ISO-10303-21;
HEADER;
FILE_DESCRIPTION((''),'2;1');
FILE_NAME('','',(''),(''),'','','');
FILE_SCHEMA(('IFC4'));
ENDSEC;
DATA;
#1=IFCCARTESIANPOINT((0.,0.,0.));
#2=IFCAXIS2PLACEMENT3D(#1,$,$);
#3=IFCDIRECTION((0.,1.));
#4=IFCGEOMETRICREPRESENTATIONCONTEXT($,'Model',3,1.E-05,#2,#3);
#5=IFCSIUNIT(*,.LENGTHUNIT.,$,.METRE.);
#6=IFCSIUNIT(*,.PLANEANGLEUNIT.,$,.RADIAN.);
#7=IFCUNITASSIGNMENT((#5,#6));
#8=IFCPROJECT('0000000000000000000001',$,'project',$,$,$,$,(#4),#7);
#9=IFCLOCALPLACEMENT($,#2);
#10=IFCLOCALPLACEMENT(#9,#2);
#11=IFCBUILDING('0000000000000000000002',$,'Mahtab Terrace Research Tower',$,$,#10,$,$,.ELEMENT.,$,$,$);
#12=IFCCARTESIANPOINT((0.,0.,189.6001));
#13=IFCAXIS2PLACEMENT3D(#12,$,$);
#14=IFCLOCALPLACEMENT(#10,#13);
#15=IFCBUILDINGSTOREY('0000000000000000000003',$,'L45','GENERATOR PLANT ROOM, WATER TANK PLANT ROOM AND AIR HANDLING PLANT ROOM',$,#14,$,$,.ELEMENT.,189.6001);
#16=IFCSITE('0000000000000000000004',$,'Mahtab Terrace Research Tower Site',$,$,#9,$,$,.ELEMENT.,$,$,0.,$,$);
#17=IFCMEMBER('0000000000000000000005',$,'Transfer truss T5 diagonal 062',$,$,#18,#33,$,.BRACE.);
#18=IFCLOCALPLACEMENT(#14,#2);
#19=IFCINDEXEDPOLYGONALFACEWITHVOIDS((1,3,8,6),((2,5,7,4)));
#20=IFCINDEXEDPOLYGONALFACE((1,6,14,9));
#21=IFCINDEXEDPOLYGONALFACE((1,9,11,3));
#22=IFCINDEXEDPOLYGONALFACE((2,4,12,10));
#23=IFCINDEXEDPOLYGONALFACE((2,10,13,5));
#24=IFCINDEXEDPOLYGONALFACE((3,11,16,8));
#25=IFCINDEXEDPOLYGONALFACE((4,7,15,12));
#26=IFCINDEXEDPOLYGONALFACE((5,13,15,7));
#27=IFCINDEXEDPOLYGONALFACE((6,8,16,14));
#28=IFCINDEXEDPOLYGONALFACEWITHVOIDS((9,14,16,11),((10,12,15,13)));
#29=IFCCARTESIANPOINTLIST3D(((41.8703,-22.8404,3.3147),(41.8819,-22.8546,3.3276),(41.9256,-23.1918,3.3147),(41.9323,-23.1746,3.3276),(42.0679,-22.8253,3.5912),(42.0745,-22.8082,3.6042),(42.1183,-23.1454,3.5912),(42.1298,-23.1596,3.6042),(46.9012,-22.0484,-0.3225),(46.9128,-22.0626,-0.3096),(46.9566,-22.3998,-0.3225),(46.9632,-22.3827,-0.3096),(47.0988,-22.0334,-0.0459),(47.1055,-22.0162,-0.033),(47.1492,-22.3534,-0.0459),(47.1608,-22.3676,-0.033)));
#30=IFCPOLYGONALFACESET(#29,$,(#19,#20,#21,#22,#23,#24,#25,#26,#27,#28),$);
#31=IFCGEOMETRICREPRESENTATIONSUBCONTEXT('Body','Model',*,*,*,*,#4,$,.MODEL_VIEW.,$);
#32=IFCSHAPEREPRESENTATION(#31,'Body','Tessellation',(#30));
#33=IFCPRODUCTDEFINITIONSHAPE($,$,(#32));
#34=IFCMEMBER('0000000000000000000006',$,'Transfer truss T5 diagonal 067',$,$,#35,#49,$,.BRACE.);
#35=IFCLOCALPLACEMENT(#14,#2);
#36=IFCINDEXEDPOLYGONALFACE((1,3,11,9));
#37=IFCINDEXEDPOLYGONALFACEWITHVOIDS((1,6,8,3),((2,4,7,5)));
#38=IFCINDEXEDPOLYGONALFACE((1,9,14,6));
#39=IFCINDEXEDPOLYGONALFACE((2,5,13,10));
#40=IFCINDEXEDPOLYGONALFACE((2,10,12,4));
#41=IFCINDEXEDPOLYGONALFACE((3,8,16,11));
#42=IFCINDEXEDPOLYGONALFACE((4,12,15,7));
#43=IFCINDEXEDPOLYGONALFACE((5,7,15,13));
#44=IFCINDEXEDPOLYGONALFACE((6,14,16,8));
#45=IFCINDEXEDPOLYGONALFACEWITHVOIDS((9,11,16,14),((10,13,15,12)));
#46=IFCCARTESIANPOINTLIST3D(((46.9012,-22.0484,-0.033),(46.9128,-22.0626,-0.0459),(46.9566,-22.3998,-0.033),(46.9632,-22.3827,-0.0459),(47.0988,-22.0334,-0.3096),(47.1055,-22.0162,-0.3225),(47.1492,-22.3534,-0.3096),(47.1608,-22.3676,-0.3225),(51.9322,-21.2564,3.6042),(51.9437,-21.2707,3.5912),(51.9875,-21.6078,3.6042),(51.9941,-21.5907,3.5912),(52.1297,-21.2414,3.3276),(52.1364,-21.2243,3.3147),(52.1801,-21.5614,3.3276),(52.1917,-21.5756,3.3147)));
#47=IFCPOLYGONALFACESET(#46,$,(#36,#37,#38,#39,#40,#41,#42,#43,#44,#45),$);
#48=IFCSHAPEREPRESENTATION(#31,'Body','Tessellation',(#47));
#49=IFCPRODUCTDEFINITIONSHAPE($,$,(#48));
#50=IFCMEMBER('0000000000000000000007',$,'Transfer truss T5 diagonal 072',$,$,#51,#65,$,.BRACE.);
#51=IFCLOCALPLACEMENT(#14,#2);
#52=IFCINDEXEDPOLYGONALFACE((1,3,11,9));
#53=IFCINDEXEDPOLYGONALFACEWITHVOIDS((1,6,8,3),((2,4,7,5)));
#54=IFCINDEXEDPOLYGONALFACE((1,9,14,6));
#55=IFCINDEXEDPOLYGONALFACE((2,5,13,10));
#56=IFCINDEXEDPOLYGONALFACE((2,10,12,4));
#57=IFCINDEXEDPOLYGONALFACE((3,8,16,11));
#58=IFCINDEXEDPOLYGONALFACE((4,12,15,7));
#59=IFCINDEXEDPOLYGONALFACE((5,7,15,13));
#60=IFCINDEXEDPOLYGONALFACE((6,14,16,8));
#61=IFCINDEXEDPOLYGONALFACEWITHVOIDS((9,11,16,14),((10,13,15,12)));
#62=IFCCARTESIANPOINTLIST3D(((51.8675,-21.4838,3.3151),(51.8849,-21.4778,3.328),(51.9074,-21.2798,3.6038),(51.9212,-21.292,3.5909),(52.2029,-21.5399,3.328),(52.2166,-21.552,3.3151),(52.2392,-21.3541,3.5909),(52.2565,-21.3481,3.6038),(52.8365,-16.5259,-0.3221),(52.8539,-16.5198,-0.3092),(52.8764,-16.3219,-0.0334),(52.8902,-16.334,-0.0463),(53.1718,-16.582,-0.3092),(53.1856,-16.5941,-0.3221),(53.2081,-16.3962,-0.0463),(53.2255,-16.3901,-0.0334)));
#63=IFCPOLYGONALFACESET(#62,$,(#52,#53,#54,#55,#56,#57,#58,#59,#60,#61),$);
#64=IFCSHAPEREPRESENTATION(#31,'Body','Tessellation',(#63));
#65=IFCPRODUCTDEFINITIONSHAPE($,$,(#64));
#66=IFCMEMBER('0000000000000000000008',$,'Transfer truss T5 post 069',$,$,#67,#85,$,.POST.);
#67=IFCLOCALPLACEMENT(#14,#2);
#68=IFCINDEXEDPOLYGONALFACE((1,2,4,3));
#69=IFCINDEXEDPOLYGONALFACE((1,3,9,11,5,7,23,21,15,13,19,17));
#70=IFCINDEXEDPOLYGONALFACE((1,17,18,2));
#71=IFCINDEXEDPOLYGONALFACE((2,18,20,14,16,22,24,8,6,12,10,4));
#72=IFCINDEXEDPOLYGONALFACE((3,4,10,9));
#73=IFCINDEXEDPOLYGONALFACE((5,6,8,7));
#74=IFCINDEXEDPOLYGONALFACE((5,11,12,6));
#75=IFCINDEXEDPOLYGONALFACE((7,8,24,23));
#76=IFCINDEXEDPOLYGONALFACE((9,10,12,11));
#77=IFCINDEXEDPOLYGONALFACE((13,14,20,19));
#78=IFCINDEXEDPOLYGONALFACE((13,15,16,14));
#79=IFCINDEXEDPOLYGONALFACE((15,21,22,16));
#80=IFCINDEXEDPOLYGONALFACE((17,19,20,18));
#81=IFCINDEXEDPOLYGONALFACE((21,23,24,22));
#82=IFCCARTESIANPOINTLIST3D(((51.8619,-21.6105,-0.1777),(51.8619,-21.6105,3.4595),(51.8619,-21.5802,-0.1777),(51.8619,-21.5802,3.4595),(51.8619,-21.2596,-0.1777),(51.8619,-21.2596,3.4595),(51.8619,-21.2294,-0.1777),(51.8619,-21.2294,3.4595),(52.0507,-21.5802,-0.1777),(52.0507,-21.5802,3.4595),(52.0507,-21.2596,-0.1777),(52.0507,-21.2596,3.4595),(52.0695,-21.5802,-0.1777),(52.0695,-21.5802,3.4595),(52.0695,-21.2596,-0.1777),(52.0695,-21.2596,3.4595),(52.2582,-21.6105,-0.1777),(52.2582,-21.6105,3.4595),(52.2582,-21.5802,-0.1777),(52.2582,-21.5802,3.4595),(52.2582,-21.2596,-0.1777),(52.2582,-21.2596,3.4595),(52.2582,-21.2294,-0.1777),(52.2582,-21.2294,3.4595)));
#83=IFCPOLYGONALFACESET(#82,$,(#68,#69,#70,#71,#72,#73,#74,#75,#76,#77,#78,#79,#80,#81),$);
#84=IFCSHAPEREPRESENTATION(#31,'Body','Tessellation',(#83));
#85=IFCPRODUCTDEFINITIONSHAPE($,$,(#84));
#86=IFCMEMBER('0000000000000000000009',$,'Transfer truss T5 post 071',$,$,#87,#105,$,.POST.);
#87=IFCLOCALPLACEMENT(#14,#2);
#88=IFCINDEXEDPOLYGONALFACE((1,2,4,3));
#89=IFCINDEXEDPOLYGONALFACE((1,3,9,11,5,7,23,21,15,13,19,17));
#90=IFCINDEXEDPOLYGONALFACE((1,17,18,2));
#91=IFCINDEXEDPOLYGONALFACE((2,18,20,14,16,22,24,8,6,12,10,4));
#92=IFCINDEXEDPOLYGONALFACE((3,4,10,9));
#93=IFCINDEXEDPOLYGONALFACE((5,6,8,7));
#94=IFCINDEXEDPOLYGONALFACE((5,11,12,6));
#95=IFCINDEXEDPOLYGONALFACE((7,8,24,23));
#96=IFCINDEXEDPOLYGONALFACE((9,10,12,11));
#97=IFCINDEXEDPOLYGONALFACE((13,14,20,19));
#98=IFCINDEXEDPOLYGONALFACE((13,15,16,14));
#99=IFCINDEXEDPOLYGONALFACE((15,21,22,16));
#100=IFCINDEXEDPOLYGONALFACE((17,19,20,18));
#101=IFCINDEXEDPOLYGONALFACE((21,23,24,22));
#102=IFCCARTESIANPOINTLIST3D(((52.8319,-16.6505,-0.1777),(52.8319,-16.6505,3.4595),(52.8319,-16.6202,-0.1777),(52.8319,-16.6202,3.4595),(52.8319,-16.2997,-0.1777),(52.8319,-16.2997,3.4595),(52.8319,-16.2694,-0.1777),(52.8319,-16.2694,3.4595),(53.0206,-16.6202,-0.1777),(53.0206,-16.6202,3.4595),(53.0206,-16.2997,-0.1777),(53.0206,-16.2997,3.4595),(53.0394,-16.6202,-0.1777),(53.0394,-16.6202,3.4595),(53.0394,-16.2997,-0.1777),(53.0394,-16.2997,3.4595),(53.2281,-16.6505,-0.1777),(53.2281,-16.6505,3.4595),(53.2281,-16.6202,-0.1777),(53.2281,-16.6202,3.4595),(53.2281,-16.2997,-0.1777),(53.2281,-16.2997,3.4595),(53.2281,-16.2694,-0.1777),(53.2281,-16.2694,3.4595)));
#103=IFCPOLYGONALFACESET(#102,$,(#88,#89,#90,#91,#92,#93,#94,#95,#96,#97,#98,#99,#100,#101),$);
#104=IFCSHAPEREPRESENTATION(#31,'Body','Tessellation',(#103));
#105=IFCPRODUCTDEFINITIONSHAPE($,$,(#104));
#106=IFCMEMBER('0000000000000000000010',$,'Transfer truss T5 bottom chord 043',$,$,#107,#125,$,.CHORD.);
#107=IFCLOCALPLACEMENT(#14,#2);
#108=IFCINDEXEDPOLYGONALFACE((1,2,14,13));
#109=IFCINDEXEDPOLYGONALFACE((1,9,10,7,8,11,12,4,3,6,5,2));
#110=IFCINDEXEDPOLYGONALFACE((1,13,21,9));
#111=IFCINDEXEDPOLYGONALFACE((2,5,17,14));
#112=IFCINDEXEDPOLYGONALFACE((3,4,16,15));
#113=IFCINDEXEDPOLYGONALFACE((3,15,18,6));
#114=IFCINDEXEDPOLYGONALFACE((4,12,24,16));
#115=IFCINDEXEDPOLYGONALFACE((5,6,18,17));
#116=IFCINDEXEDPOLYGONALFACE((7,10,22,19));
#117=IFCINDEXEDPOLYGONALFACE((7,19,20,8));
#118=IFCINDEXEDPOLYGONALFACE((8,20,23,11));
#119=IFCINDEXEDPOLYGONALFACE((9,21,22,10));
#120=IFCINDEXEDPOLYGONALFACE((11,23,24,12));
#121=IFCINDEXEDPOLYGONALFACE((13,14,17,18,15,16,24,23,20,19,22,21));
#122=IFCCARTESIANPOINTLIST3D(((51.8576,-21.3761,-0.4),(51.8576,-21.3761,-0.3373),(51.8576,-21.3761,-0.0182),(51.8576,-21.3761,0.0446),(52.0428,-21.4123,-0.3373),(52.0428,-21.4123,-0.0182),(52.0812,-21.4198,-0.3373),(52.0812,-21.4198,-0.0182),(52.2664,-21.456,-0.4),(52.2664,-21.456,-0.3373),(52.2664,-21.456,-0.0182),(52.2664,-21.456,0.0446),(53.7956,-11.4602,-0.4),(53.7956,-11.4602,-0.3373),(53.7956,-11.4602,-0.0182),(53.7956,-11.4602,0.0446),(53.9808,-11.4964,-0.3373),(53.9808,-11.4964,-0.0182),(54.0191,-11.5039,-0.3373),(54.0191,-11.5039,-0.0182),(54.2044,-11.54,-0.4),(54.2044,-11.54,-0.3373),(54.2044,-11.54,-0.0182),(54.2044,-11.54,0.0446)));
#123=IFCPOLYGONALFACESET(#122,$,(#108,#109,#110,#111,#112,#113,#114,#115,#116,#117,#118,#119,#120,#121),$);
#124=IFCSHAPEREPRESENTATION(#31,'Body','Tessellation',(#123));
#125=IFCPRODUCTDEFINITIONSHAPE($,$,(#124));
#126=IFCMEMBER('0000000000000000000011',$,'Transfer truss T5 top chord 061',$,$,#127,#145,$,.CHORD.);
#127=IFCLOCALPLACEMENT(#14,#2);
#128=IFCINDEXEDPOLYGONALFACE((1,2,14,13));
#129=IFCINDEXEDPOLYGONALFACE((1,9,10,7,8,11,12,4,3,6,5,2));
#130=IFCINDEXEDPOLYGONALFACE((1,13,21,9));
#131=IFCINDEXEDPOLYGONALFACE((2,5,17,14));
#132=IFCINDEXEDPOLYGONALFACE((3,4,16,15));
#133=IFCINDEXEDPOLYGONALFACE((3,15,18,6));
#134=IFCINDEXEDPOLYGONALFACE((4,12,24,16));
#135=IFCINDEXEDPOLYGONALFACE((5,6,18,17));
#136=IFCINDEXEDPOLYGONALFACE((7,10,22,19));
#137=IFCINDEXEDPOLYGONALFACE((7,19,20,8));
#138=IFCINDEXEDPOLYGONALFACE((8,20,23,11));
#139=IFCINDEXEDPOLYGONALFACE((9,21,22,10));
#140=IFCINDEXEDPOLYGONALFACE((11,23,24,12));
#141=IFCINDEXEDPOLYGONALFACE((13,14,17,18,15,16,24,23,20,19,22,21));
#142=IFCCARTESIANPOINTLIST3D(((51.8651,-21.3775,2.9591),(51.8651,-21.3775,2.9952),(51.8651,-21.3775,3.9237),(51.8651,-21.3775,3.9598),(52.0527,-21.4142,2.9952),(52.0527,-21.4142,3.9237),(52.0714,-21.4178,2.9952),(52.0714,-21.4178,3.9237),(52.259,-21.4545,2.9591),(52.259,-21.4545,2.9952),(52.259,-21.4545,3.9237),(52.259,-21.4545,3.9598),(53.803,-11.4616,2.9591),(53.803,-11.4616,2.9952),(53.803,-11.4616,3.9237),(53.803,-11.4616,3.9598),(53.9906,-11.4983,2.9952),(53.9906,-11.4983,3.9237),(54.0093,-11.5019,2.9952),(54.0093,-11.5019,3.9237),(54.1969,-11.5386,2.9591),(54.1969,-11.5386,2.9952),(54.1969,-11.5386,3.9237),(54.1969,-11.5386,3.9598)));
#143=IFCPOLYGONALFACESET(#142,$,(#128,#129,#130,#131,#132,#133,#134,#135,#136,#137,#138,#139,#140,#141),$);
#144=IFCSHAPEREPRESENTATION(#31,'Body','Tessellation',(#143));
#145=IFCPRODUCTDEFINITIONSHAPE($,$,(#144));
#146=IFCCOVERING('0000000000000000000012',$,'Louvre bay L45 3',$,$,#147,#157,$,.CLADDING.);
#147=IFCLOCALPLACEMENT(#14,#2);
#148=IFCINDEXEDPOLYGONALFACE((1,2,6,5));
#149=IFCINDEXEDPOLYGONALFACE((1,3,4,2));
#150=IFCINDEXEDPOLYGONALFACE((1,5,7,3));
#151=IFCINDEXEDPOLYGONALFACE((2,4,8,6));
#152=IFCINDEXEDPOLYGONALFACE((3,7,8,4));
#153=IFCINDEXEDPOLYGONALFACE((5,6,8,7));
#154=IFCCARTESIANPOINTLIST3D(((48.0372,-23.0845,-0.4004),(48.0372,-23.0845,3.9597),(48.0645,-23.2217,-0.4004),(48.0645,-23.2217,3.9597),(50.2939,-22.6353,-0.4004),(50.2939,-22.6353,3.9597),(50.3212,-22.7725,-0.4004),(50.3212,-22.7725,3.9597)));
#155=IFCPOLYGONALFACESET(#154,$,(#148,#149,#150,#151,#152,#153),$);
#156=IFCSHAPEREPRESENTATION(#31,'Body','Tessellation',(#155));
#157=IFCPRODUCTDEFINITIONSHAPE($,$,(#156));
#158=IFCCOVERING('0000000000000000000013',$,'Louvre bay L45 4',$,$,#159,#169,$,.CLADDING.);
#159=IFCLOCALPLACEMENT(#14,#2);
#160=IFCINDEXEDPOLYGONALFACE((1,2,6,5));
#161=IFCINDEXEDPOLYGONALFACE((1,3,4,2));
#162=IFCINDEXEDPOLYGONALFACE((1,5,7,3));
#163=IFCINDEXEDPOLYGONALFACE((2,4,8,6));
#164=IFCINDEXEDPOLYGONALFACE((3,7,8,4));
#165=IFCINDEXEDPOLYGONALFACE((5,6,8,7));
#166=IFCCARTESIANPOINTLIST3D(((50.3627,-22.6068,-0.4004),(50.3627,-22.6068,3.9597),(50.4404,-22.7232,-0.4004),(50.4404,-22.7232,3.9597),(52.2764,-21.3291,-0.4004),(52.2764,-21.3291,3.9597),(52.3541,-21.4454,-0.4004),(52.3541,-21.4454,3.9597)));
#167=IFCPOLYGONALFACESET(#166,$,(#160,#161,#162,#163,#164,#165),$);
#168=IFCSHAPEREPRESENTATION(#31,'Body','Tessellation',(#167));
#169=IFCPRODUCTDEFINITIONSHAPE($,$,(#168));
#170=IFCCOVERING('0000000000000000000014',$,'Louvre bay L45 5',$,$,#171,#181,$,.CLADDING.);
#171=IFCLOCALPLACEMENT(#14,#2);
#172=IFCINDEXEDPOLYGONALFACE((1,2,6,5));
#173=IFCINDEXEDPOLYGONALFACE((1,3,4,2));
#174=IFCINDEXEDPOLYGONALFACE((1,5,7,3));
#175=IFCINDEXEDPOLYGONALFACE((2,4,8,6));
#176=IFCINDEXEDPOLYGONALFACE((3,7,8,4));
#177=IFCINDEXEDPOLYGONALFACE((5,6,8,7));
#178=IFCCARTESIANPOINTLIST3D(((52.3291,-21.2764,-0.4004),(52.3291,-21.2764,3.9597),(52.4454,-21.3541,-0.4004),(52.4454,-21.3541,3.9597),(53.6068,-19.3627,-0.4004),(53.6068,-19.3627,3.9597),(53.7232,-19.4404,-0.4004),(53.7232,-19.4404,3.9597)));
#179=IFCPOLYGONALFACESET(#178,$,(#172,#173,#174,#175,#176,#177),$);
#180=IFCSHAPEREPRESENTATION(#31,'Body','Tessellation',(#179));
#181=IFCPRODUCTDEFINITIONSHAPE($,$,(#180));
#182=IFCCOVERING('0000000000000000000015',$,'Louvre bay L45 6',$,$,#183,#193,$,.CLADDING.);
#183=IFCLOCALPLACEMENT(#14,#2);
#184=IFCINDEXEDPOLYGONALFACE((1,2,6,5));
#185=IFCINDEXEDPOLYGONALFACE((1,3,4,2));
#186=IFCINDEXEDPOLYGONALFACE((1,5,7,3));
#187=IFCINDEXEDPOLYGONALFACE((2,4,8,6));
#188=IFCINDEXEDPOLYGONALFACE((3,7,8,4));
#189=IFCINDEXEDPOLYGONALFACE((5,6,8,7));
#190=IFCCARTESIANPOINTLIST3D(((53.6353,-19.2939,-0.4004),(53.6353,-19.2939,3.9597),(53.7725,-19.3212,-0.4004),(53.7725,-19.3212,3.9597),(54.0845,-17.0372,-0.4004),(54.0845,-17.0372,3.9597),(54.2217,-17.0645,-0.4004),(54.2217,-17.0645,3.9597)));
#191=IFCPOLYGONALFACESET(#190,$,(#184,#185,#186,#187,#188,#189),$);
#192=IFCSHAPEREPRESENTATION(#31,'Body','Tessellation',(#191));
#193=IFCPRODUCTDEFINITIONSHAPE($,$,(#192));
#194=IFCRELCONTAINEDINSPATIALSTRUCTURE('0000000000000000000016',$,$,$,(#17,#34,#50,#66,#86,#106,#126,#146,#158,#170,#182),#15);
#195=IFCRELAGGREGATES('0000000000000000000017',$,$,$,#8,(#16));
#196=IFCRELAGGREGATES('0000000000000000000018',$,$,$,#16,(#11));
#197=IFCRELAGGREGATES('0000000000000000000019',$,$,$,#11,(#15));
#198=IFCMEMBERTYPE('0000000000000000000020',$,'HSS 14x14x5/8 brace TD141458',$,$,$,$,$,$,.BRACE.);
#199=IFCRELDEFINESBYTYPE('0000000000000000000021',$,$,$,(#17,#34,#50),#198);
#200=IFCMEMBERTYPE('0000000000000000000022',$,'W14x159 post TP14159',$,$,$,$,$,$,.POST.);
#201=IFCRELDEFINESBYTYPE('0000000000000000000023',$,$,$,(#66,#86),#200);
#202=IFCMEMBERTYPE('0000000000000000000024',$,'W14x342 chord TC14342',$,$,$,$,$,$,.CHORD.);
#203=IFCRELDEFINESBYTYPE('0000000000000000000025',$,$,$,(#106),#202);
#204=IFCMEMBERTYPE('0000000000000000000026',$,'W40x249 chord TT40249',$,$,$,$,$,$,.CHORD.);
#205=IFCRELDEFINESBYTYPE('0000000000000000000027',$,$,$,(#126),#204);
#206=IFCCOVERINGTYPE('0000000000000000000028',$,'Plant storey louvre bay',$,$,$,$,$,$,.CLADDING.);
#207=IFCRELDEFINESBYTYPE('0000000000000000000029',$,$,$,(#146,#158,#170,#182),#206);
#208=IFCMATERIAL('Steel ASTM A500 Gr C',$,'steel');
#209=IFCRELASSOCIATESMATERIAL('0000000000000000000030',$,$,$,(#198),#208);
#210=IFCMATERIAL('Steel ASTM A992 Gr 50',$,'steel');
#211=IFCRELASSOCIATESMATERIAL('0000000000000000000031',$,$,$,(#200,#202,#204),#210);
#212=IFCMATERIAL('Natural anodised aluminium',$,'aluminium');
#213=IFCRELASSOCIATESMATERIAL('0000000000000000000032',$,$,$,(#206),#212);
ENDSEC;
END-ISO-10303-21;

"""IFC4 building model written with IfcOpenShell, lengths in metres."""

from ifc_helpers import new_model, si_unit, direction, frame, origin, origin_2d, place, context, subcontext, project, spatial, rectangle, hollow_rectangle, i_section, extrude, material, material_profile, profile_set, type_object, element, save


model = new_model("IFC4")

# Units and contexts
model_context = context("Model", 3, precision=1e-05, world=origin(), true_north=direction((0.0, 1.0)))
body_context = subcontext(model_context, "Body", "Model", "MODEL_VIEW")
ifc_project = project(units=[si_unit("LENGTHUNIT", "METRE"), si_unit("PLANEANGLEUNIT", "RADIAN")], contexts=[model_context])

# Site, building, storey
site_placement = place(None, origin())
site = spatial("IfcSite", under=ifc_project, at=site_placement, Name="Mahtab Terrace Research Tower Site", CompositionType="ELEMENT", RefElevation=0.0)
building_placement = place(site_placement, origin())
building = spatial("IfcBuilding", under=site, at=building_placement, Name="Mahtab Terrace Research Tower", CompositionType="ELEMENT")
storey_placement = place(building_placement, frame((0.0, 0.0, 189.6001)))
storey = spatial("IfcBuildingStorey", under=building, at=storey_placement, Name="L45", Description="GENERATOR PLANT ROOM, WATER TANK PLANT ROOM AND AIR HANDLING PLANT ROOM", CompositionType="ELEMENT", Elevation=189.6001)

# Members
ifc_material_1 = material(Name="Steel ASTM A500 Gr C", Category="steel")
ifc_material_profile_1 = material_profile(ifc_material_1, hollow_rectangle(XDim=0.3557, YDim=0.3557, WallThickness=0.0159, at=origin_2d()), Name="HSS14X14X5/8")
ifc_profile_set_1 = profile_set([ifc_material_profile_1], Name="Steel ASTM A500 Gr C")
member_type_1 = type_object("IfcMemberType", Name="HSS 14x14x5/8 brace TD141458", PredefinedType="BRACE", material=ifc_profile_set_1)
for number, where, z_axis, x_axis, name in (
    (1, (47.031, -22.208, -0.1777), (-0.803881, -0.126549, 0.581172), (0.155507, -0.987835, 0.0), "Transfer truss T5 diagonal 062"),
    (2, (47.031, -22.208, -0.1777), (0.803881, 0.126549, 0.581172), (-0.155507, 0.987835, 0.0), "Transfer truss T5 diagonal 067"),
):
    element("IfcMember", number, at=place(storey_placement, frame(where, z_axis=z_axis, x_axis=x_axis)), inside=storey, type_object=member_type_1, Name=name, PredefinedType="BRACE", context=body_context, shape_type="SweptSolid", body=[
        extrude(hollow_rectangle(XDim=0.3557, YDim=0.3557, WallThickness=0.0159, at=origin_2d()), origin(), (0.0, 0.0, 1.0), 6.2583),
    ])
member_1_placement = place(storey_placement, frame((53.031, -16.458, -0.1777), z_axis=(-0.155663, -0.796473, 0.584294), x_axis=(0.981432, -0.191811, 0.0)))
element("IfcMember", 3, at=member_1_placement, inside=storey, type_object=member_type_1, Name="Transfer truss T5 diagonal 072", PredefinedType="BRACE", context=body_context, shape_type="SweptSolid", body=[
    extrude(hollow_rectangle(XDim=0.3557, YDim=0.3557, WallThickness=0.0159, at=origin_2d()), origin(), (0.0, 0.0, 1.0), 6.2249),
])
ifc_material_2 = material(Name="Steel ASTM A992 Gr 50", Category="steel")
ifc_material_profile_2 = material_profile(ifc_material_2, i_section(OverallWidth=0.3962, OverallDepth=0.3811, WebThickness=0.0188, FlangeThickness=0.0303, at=origin_2d()), Name="W14X159")
ifc_profile_set_2 = profile_set([ifc_material_profile_2], Name="Steel ASTM A992 Gr 50")
member_type_2 = type_object("IfcMemberType", Name="W14x159 post TP14159", PredefinedType="POST", material=ifc_profile_set_2)
for number, where, z_axis, x_axis, name in (
    (4, (52.0601, -21.4199, -0.1777), (0.0, 0.0, 1.0), (1.0, 0.0, 0.0), "Transfer truss T5 post 069"),
    (5, (53.03, -16.46, -0.1777), (0.0, 0.0, 1.0), (1.0, 0.0, 0.0), "Transfer truss T5 post 071"),
):
    element("IfcMember", number, at=place(storey_placement, frame(where, z_axis=z_axis, x_axis=x_axis)), inside=storey, type_object=member_type_2, Name=name, PredefinedType="POST", context=body_context, shape_type="SweptSolid", body=[
        extrude(i_section(OverallWidth=0.3962, OverallDepth=0.3811, WebThickness=0.0188, FlangeThickness=0.0303, at=origin_2d()), origin(), (0.0, 0.0, 1.0), 3.6372),
    ])
ifc_material_profile_3 = material_profile(ifc_material_2, i_section(OverallWidth=0.4165, OverallDepth=0.4446, WebThickness=0.0391, FlangeThickness=0.0627, at=origin_2d()), Name="W14X342")
ifc_profile_set_3 = profile_set([ifc_material_profile_3], Name="Steel ASTM A992 Gr 50")
member_type_3 = type_object("IfcMemberType", Name="W14x342 chord TC14342", PredefinedType="CHORD", material=ifc_profile_set_3)
member_2_placement = place(storey_placement, frame((52.062, -21.416, -0.1777), z_axis=(0.191811, 0.981432, 0.0), x_axis=(-0.981432, 0.191811, 0.0)))
element("IfcMember", 6, at=member_2_placement, inside=storey, type_object=member_type_3, Name="Transfer truss T5 bottom chord 043", PredefinedType="CHORD", context=body_context, shape_type="SweptSolid", body=[
    extrude(i_section(OverallWidth=0.4165, OverallDepth=0.4446, WebThickness=0.0391, FlangeThickness=0.0627, at=origin_2d()), origin(), (0.0, 0.0, 1.0), 10.1035),
])
ifc_material_profile_4 = material_profile(ifc_material_2, i_section(OverallWidth=0.4014, OverallDepth=1.0007, WebThickness=0.019, FlangeThickness=0.0361, at=origin_2d()), Name="W40X249")
ifc_profile_set_4 = profile_set([ifc_material_profile_4], Name="Steel ASTM A992 Gr 50")
member_type_4 = type_object("IfcMemberType", Name="W40x249 chord TT40249", PredefinedType="CHORD", material=ifc_profile_set_4)
member_3_placement = place(storey_placement, frame((52.062, -21.416, 3.4595), z_axis=(0.191811, 0.981432, 0.0), x_axis=(-0.981432, 0.191811, 0.0)))
element("IfcMember", 7, at=member_3_placement, inside=storey, type_object=member_type_4, Name="Transfer truss T5 top chord 061", PredefinedType="CHORD", context=body_context, shape_type="SweptSolid", body=[
    extrude(i_section(OverallWidth=0.4014, OverallDepth=1.0007, WebThickness=0.019, FlangeThickness=0.0361, at=origin_2d()), origin(), (0.0, 0.0, 1.0), 10.1035),
])

# Coverings
ifc_material_3 = material(Name="Natural anodised aluminium", Category="aluminium")
covering_type = type_object("IfcCoveringType", Name="Plant storey louvre bay", PredefinedType="CLADDING", material=ifc_material_3)
for number, where, z_axis, x_axis, name in (
    (8, (49.1792, -22.9285, -0.4004), (0.0, 0.0, 1.0), (0.980761, 0.195212, 0.0), "Louvre bay L45 3"),
    (9, (51.3584, -22.0261, -0.4004), (0.0, 0.0, 1.0), (0.831656, 0.555291, 0.0), "Louvre bay L45 4"),
    (10, (53.0261, -20.3584, -0.4004), (0.0, 0.0, 1.0), (0.555291, 0.831656, 0.0), "Louvre bay L45 5"),
    (11, (53.9285, -18.1792, -0.4004), (0.0, 0.0, 1.0), (0.195212, 0.980761, 0.0), "Louvre bay L45 6"),
):
    element("IfcCovering", number, at=place(storey_placement, frame(where, z_axis=z_axis, x_axis=x_axis)), inside=storey, type_object=covering_type, Name=name, PredefinedType="CLADDING", context=body_context, shape_type="SweptSolid", body=[
        extrude(rectangle(XDim=2.301, YDim=0.1399, at=origin_2d()), origin(), (0.0, 0.0, 1.0), 4.3601),
    ])

save(model, "model.ifc")
